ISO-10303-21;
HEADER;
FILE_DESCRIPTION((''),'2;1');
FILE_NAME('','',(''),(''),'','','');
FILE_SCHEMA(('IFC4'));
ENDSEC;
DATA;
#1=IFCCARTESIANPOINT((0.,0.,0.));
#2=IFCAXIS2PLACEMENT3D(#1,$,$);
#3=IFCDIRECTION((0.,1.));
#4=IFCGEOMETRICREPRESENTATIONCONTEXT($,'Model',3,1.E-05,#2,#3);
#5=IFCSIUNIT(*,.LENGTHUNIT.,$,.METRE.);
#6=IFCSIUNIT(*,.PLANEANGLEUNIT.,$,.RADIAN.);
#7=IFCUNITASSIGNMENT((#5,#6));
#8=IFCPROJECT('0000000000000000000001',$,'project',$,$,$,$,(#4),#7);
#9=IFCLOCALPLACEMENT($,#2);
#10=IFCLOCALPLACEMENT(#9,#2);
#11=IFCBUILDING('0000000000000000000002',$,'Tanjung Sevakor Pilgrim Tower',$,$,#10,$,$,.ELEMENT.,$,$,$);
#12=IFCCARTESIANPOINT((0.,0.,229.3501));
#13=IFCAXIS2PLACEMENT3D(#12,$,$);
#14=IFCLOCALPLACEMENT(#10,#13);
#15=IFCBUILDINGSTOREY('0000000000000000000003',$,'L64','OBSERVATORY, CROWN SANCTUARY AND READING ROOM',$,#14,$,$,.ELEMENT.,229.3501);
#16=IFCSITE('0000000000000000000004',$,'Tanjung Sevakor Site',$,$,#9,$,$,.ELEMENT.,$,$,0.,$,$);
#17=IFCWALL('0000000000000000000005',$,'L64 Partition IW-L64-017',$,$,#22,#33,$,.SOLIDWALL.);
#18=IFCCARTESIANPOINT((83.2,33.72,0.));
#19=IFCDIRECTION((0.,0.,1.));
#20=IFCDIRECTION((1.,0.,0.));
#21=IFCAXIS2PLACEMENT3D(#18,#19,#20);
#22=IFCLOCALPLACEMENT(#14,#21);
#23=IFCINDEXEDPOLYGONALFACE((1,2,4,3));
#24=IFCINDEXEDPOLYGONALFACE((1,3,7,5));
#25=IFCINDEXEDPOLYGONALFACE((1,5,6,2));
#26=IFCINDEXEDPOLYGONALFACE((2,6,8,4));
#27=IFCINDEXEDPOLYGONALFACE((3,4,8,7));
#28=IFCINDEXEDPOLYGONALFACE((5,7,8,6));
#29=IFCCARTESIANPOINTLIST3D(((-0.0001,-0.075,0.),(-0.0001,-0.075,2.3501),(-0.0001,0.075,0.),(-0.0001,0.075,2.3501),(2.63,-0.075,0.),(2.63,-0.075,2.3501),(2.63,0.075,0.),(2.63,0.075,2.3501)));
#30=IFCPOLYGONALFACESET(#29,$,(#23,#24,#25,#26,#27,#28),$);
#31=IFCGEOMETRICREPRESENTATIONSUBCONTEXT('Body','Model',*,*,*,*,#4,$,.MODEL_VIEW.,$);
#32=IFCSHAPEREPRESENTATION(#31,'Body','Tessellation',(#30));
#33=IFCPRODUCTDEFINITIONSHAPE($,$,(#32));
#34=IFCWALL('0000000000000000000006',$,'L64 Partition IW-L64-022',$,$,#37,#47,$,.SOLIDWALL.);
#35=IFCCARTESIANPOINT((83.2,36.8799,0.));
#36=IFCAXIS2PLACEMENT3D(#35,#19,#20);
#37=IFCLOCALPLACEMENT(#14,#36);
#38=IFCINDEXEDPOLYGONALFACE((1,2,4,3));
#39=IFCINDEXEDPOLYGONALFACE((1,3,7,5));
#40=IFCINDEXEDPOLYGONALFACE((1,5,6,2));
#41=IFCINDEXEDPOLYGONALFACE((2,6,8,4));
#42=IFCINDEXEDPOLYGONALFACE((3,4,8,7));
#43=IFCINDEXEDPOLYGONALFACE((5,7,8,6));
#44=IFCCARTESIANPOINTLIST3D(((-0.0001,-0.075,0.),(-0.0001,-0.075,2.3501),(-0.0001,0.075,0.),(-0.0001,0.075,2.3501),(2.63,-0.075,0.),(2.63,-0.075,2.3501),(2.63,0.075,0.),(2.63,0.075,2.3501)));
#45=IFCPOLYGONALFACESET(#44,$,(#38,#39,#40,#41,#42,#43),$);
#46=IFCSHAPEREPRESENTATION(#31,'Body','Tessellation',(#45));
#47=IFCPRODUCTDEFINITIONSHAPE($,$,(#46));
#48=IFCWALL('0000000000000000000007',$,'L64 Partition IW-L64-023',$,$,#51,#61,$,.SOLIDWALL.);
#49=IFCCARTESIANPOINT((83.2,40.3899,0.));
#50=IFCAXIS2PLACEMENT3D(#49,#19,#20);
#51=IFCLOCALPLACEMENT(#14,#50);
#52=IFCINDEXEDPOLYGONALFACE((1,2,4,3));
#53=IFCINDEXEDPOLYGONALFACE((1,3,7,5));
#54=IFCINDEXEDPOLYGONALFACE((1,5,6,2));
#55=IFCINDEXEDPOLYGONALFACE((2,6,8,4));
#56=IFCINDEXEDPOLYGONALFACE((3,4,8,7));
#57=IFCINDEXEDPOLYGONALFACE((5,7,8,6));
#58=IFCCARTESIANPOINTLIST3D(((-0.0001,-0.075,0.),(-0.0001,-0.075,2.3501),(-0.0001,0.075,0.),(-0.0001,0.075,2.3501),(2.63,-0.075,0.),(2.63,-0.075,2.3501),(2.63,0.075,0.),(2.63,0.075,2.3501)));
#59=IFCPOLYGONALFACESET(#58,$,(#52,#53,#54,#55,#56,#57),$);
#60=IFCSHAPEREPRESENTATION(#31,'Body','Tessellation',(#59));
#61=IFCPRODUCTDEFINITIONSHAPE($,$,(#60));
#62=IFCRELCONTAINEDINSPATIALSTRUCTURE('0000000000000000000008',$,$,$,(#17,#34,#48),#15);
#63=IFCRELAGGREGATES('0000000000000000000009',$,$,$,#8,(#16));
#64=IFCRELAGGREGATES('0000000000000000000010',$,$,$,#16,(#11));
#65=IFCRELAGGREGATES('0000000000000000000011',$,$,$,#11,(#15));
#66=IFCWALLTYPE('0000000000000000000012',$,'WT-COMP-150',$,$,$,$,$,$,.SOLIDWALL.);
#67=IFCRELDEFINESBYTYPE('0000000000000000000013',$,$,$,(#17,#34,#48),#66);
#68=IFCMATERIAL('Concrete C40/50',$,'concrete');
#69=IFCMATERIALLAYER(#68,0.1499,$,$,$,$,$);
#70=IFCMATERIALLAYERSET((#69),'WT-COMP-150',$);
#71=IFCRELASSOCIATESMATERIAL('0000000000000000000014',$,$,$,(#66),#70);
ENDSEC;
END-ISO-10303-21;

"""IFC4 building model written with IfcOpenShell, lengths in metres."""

from ifc_helpers import new_model, si_unit, direction, frame, frame_2d, origin, place, context, subcontext, project, spatial, rectangle, extrude, material, layer, layer_set, type_object, element, save


model = new_model("IFC4")

# Units and contexts
model_context = context("Model", 3, precision=1e-05, world=origin(), true_north=direction((0.0, 1.0)))
body_context = subcontext(model_context, "Body", "Model", "MODEL_VIEW")
ifc_project = project(units=[si_unit("LENGTHUNIT", "METRE"), si_unit("PLANEANGLEUNIT", "RADIAN")], contexts=[model_context])

# Site, building, storey
site_placement = place(None, origin())
site = spatial("IfcSite", under=ifc_project, at=site_placement, Name="Tanjung Sevakor Site", CompositionType="ELEMENT", RefElevation=0.0)
building_placement = place(site_placement, origin())
building = spatial("IfcBuilding", under=site, at=building_placement, Name="Tanjung Sevakor Pilgrim Tower", CompositionType="ELEMENT")
storey_placement = place(building_placement, frame((0.0, 0.0, 229.3501)))
storey = spatial("IfcBuildingStorey", under=building, at=storey_placement, Name="L64", Description="OBSERVATORY, CROWN SANCTUARY AND READING ROOM", CompositionType="ELEMENT", Elevation=229.3501)

# Walls
ifc_material_1 = material(Name="Concrete C40/50", Category="concrete")
ifc_layer_1 = layer(ifc_material_1, 0.1499)
ifc_layer_set_1 = layer_set([ifc_layer_1], Name="WT-COMP-150")
wall_type_1 = type_object("IfcWallType", Name="WT-COMP-150", PredefinedType="SOLIDWALL", material=ifc_layer_set_1)
for number, where, z_axis, x_axis, name in (
    (1, (83.2, 33.72, 0.0), (0.0, 0.0, 1.0), (1.0, 0.0, 0.0), "L64 Partition IW-L64-017"),
    (2, (83.2, 36.8799, 0.0), (0.0, 0.0, 1.0), (1.0, 0.0, 0.0), "L64 Partition IW-L64-022"),
    (3, (83.2, 40.3899, 0.0), (0.0, 0.0, 1.0), (1.0, 0.0, 0.0), "L64 Partition IW-L64-023"),
):
    element("IfcWall", number, at=place(storey_placement, frame(where, z_axis=z_axis, x_axis=x_axis)), inside=storey, type_object=wall_type_1, Name=name, PredefinedType="SOLIDWALL", context=body_context, shape_type="SweptSolid", body=[
        extrude(rectangle(XDim=2.6301, YDim=0.1499, at=frame_2d((1.3149, 0.0))), origin(), (0.0, 0.0, 1.0), 2.3501),
    ])

save(model, "model.ifc")
